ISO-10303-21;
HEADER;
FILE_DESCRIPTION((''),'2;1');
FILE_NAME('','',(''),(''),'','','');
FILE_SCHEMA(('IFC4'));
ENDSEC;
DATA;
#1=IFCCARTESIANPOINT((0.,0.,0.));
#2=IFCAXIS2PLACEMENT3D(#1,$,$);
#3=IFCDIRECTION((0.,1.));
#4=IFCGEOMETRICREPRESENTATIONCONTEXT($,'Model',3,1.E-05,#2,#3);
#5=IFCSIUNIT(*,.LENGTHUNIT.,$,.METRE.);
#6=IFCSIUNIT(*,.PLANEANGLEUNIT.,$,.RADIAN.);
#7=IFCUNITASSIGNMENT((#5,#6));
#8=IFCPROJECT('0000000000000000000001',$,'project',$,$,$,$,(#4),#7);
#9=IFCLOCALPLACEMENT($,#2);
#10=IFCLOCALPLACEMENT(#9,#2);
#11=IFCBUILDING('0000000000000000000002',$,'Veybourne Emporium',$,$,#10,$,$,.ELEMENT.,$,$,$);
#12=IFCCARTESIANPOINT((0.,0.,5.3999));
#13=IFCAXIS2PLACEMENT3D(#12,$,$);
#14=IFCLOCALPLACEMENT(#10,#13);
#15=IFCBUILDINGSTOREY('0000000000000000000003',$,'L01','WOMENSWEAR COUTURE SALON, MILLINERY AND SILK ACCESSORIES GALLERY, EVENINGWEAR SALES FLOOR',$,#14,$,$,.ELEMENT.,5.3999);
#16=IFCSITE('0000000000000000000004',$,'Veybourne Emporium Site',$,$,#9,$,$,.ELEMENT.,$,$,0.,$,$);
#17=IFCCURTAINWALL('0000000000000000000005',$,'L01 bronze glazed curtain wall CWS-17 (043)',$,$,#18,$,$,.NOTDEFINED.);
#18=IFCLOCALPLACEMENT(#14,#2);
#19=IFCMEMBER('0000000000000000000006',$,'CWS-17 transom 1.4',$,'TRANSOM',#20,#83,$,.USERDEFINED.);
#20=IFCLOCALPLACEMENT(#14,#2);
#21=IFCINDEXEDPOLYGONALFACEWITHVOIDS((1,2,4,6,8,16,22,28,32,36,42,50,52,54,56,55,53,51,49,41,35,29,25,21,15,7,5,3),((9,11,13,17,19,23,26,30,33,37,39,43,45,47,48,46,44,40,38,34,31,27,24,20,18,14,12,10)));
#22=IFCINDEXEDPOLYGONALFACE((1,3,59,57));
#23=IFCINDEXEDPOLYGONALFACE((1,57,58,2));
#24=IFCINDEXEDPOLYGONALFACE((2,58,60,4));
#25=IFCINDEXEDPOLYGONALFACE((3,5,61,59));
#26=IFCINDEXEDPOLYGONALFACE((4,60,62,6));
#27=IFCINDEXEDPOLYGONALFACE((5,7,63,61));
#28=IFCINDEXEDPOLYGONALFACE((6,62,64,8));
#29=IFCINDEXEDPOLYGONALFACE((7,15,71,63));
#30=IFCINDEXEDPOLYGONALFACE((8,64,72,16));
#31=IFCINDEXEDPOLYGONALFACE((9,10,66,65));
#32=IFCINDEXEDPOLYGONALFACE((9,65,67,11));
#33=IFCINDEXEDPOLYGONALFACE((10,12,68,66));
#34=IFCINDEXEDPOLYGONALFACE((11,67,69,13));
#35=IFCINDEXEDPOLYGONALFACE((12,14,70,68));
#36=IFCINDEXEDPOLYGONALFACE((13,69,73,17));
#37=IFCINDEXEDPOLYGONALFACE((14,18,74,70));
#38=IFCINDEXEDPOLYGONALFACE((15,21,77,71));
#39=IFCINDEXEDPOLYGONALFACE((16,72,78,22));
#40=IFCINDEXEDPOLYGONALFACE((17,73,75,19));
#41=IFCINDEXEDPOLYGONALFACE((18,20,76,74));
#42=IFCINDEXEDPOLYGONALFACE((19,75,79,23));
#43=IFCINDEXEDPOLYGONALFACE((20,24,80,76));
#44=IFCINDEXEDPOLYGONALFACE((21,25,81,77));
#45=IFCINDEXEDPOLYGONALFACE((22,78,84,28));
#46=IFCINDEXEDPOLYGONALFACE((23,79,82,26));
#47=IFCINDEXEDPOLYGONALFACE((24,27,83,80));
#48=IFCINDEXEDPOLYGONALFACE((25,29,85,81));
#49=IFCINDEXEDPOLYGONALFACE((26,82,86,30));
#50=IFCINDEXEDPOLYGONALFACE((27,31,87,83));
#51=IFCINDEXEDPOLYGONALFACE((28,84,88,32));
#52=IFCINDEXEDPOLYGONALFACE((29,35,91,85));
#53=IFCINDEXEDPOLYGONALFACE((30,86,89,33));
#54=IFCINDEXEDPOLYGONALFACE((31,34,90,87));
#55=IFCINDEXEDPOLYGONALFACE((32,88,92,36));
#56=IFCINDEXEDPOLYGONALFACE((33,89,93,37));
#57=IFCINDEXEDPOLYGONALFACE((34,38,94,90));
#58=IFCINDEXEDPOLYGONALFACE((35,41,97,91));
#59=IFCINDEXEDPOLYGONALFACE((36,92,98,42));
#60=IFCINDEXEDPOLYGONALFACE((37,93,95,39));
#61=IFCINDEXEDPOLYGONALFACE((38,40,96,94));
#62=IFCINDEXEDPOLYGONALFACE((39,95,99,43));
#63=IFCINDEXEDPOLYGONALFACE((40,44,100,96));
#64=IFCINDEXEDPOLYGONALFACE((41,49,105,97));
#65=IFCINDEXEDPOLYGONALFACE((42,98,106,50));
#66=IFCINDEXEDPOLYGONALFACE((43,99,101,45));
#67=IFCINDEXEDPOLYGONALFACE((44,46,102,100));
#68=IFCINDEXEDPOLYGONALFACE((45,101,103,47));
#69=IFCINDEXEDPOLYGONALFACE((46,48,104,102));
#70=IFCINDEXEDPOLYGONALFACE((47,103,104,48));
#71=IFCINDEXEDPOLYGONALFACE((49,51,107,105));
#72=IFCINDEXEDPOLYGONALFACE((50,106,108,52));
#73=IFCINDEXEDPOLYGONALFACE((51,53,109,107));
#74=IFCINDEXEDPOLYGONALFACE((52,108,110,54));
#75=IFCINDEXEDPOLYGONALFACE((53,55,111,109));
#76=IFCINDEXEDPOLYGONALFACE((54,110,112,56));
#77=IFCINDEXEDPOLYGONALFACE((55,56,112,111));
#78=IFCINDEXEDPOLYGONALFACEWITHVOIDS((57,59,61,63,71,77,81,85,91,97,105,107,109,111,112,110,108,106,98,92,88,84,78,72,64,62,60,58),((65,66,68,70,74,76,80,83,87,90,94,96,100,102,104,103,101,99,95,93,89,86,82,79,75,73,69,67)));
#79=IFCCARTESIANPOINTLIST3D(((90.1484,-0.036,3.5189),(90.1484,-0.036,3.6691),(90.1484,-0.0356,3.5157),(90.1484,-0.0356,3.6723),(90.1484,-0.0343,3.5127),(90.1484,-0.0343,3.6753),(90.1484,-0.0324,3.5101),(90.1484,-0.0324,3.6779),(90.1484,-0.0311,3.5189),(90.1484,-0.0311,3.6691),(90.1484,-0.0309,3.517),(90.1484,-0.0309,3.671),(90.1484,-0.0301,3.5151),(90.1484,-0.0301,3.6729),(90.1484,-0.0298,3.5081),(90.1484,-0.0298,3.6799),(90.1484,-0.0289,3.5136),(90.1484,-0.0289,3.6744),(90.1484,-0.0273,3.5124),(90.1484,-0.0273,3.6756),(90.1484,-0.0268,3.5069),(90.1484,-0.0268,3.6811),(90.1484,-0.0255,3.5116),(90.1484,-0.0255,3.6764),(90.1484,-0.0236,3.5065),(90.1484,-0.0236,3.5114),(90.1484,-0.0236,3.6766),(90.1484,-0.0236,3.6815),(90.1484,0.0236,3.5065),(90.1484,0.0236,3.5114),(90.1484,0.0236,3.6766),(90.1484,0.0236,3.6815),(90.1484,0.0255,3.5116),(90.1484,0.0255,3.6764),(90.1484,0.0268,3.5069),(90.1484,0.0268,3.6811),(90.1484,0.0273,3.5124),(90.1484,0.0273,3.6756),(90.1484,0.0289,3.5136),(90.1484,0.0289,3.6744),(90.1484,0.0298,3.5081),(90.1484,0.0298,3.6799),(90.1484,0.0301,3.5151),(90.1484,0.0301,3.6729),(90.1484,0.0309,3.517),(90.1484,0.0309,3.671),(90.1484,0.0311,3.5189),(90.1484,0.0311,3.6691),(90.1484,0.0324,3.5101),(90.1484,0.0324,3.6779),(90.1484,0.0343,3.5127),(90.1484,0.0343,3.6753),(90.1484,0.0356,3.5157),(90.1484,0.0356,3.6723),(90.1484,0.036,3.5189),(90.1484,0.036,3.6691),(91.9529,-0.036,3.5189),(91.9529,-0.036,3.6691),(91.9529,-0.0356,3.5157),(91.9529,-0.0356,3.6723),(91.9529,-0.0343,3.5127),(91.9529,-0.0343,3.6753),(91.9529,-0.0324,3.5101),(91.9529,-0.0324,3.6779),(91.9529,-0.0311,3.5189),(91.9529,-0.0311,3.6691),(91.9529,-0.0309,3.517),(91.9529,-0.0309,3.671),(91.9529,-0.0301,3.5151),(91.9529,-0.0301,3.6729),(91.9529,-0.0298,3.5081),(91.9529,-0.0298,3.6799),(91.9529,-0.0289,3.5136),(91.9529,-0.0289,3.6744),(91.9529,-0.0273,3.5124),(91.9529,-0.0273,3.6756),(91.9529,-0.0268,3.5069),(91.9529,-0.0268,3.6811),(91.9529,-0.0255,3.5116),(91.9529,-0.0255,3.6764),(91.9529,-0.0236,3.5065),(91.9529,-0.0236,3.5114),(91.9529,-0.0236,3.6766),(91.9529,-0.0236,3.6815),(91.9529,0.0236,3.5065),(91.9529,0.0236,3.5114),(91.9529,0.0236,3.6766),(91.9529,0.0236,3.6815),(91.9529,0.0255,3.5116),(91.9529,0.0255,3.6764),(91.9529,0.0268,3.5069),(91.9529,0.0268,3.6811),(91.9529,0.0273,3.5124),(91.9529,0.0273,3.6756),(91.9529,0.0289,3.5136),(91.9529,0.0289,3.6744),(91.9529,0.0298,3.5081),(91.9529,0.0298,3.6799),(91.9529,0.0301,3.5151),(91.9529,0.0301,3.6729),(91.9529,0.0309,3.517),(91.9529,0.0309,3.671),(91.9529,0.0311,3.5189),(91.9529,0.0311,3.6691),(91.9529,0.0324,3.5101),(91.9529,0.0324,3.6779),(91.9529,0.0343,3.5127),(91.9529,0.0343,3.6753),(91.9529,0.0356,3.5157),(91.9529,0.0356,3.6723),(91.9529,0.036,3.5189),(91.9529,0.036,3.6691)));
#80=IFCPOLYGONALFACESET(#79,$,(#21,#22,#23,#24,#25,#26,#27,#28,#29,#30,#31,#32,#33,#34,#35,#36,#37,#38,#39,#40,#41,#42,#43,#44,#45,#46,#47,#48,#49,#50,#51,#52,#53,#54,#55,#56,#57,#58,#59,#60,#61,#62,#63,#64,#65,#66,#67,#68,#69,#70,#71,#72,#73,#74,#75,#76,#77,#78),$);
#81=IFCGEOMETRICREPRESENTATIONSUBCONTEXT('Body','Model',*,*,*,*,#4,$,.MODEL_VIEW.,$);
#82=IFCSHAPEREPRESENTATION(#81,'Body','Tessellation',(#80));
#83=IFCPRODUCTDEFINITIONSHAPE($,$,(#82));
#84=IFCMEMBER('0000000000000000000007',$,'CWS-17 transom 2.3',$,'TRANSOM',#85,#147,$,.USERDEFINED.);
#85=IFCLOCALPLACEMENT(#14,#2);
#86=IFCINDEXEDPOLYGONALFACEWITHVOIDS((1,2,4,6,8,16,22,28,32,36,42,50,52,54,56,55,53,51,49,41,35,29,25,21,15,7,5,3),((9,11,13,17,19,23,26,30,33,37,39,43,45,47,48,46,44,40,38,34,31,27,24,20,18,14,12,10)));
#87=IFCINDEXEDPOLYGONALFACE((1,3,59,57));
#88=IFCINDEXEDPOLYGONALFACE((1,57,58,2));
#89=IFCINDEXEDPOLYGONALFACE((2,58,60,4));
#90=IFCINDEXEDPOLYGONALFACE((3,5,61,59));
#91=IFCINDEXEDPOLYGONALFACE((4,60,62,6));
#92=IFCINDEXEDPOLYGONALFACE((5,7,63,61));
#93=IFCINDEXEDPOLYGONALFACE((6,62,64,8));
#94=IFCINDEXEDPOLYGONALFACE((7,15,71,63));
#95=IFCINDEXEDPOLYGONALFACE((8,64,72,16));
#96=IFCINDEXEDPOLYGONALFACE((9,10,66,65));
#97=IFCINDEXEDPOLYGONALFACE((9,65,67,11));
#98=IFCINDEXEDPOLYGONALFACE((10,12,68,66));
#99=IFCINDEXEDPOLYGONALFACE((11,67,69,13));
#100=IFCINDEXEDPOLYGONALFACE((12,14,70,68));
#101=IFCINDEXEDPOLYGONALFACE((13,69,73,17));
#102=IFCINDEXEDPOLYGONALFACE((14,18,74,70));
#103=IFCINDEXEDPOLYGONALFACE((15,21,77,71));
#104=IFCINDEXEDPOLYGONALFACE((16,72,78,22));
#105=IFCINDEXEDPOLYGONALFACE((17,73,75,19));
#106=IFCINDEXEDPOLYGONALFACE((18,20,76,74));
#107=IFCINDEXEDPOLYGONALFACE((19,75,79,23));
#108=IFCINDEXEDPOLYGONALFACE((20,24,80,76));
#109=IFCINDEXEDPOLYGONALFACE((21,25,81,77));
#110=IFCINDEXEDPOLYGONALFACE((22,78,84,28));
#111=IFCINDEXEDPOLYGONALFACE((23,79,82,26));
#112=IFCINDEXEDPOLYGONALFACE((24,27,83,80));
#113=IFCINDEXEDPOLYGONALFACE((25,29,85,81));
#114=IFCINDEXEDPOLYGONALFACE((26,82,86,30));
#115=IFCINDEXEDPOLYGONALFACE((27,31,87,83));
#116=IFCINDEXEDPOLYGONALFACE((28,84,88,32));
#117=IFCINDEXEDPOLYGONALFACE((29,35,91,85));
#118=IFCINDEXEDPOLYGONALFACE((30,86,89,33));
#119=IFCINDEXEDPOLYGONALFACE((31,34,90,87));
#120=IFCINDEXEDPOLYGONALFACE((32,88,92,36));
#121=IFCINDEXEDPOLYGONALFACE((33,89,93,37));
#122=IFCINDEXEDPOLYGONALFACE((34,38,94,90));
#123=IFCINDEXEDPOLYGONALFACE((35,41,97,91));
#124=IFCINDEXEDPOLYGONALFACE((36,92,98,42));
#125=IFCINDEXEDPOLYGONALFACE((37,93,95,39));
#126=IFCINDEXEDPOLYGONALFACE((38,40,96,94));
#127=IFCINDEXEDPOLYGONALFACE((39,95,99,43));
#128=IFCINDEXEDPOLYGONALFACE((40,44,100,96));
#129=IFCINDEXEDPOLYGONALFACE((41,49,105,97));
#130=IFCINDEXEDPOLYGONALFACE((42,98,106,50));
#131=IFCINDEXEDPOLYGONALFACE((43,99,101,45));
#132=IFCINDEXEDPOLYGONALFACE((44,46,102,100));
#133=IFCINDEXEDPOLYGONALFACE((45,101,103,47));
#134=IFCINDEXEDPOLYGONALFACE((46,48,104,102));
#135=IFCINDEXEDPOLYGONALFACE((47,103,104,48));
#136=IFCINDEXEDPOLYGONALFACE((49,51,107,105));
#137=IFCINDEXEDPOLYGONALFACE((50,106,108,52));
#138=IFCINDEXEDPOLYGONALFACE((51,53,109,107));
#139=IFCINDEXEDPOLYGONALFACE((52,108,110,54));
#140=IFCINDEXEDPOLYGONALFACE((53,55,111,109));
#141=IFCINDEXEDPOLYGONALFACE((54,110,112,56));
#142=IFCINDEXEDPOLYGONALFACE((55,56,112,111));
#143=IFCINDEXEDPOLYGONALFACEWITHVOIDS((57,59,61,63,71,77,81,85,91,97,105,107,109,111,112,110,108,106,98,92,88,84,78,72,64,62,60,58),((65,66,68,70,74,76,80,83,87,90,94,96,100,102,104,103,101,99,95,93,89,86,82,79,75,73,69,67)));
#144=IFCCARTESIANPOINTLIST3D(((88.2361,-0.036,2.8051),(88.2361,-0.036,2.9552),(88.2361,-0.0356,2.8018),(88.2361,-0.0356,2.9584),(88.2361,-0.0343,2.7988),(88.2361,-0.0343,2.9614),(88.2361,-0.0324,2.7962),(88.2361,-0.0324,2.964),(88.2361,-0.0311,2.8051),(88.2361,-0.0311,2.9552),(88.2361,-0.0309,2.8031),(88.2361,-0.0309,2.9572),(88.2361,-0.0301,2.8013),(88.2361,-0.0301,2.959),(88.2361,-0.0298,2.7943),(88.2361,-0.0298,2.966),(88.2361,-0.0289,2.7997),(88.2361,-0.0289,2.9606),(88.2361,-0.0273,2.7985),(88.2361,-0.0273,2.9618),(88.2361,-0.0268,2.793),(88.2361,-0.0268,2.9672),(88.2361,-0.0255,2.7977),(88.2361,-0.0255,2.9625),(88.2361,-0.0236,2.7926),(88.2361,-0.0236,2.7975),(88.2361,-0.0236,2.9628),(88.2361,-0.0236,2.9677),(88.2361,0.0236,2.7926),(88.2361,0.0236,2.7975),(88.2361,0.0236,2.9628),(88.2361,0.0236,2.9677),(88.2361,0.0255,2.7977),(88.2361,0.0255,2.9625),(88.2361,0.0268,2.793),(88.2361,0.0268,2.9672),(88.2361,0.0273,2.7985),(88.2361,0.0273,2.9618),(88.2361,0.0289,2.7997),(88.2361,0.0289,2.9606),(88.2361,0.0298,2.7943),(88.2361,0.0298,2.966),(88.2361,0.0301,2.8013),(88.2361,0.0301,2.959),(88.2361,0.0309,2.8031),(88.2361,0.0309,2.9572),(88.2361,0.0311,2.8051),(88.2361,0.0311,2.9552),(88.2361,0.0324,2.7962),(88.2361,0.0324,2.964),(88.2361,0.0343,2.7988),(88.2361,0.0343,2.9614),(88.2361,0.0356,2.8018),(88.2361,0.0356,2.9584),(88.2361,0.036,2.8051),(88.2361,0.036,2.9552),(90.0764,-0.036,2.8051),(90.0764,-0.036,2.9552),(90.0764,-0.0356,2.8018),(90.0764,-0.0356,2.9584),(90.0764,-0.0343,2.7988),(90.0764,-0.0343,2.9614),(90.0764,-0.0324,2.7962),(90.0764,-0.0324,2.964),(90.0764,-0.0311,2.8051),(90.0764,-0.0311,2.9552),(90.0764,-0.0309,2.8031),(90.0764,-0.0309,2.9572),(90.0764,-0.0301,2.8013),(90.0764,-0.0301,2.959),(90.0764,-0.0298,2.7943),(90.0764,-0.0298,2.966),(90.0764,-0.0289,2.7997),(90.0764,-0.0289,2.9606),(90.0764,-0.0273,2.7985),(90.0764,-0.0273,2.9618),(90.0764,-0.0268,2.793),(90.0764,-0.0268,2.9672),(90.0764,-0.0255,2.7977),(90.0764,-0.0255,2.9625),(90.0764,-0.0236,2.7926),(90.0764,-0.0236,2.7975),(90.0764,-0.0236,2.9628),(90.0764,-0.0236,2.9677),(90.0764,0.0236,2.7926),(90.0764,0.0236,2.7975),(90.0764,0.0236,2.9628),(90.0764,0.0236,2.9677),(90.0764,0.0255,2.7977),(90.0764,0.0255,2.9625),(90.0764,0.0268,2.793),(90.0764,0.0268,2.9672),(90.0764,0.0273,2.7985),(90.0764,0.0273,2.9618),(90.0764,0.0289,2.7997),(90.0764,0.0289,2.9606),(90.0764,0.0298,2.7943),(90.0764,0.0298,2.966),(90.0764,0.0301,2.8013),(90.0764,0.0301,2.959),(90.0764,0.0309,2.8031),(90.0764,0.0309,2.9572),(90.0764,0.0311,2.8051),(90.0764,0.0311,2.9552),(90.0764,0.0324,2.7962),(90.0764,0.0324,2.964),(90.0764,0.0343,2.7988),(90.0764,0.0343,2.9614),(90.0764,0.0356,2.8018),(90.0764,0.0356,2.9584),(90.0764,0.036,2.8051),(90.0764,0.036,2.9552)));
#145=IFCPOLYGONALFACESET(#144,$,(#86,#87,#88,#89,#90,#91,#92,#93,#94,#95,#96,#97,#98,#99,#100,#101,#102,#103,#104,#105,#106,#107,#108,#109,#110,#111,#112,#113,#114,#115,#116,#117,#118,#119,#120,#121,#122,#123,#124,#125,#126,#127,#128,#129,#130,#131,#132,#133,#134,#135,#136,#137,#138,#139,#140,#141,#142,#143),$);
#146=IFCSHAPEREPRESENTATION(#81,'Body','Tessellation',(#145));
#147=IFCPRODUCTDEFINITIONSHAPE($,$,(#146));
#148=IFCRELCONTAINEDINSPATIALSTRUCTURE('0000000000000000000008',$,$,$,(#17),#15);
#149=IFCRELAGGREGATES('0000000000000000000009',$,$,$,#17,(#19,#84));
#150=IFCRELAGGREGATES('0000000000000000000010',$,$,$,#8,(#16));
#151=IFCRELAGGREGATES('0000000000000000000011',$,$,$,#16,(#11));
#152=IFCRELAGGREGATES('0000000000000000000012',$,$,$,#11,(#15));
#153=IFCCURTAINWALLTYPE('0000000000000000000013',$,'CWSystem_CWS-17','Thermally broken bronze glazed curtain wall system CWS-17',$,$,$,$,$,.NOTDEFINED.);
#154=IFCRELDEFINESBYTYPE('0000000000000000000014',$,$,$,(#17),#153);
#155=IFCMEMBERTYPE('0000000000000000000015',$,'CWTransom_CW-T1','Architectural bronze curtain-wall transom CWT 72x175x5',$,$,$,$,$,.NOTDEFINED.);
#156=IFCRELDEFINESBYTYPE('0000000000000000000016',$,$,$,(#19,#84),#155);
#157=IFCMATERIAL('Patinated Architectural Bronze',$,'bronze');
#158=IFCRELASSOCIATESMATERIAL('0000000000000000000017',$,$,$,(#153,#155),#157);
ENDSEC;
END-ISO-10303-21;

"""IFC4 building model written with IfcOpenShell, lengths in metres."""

from ifc_helpers import new_model, si_unit, direction, frame, origin, origin_2d, place, context, subcontext, project, spatial, hollow_rectangle, extrude, material, material_profile, profile_set, type_object, element, aggregate, save


model = new_model("IFC4")

# Units and contexts
model_context = context("Model", 3, precision=1e-05, world=origin(), true_north=direction((0.0, 1.0)))
body_context = subcontext(model_context, "Body", "Model", "MODEL_VIEW")
ifc_project = project(units=[si_unit("LENGTHUNIT", "METRE"), si_unit("PLANEANGLEUNIT", "RADIAN")], contexts=[model_context])

# Site, building, storey
site_placement = place(None, origin())
site = spatial("IfcSite", under=ifc_project, at=site_placement, Name="Veybourne Emporium Site", CompositionType="ELEMENT", RefElevation=0.0)
building_placement = place(site_placement, origin())
building = spatial("IfcBuilding", under=site, at=building_placement, Name="Veybourne Emporium", CompositionType="ELEMENT")
storey_placement = place(building_placement, frame((0.0, 0.0, 5.3999)))
storey = spatial("IfcBuildingStorey", under=building, at=storey_placement, Name="L01", Description="WOMENSWEAR COUTURE SALON, MILLINERY AND SILK ACCESSORIES GALLERY, EVENINGWEAR SALES FLOOR", CompositionType="ELEMENT", Elevation=5.3999)

# Curtain wall
ifc_material_1 = material(Name="Patinated Architectural Bronze", Category="bronze")
curtain_wall_type_1 = type_object("IfcCurtainWallType", Name="CWSystem_CWS-17", Description="Thermally broken bronze glazed curtain wall system CWS-17", PredefinedType="NOTDEFINED", material=ifc_material_1)
curtain_wall_1_placement = place(storey_placement, origin())
curtain_wall_1 = element("IfcCurtainWall", 1, at=curtain_wall_1_placement, inside=storey, type_object=curtain_wall_type_1, Name="L01 bronze glazed curtain wall CWS-17 (043)", PredefinedType="NOTDEFINED")

# Members
ifc_material_profile_1 = material_profile(ifc_material_1, hollow_rectangle(XDim=0.072, YDim=0.175, WallThickness=0.0049, InnerFilletRadius=0.0076, OuterFilletRadius=0.0125, at=origin_2d()), Name="CWT 72x175x5")
ifc_profile_set_1 = profile_set([ifc_material_profile_1], Name="Patinated Architectural Bronze")
member_type_1 = type_object("IfcMemberType", Name="CWTransom_CW-T1", Description="Architectural bronze curtain-wall transom CWT 72x175x5", PredefinedType="NOTDEFINED", material=ifc_profile_set_1)
member_1_placement = place(storey_placement, frame((91.9529, 0.0, 3.594), z_axis=(-1.0, 0.0, 0.0), x_axis=(0.0, -1.0, 0.0)))
member_1 = element("IfcMember", 2, at=member_1_placement, type_object=member_type_1, Name="CWS-17 transom 1.4", ObjectType="TRANSOM", PredefinedType="USERDEFINED", context=body_context, shape_type="SweptSolid", body=[
    extrude(hollow_rectangle(XDim=0.072, YDim=0.175, WallThickness=0.0049, InnerFilletRadius=0.0076, OuterFilletRadius=0.0125, at=origin_2d()), origin(), (0.0, 0.0, 1.0), 1.8044),
])
member_2_placement = place(storey_placement, frame((90.0764, 0.0, 2.8801), z_axis=(-1.0, 0.0, 0.0), x_axis=(0.0, -1.0, 0.0)))
member_2 = element("IfcMember", 3, at=member_2_placement, type_object=member_type_1, Name="CWS-17 transom 2.3", ObjectType="TRANSOM", PredefinedType="USERDEFINED", context=body_context, shape_type="SweptSolid", body=[
    extrude(hollow_rectangle(XDim=0.072, YDim=0.175, WallThickness=0.0049, InnerFilletRadius=0.0076, OuterFilletRadius=0.0125, at=origin_2d()), origin(), (0.0, 0.0, 1.0), 1.8403),
])

aggregate(curtain_wall_1, [member_1, member_2])

save(model, "model.ifc")
